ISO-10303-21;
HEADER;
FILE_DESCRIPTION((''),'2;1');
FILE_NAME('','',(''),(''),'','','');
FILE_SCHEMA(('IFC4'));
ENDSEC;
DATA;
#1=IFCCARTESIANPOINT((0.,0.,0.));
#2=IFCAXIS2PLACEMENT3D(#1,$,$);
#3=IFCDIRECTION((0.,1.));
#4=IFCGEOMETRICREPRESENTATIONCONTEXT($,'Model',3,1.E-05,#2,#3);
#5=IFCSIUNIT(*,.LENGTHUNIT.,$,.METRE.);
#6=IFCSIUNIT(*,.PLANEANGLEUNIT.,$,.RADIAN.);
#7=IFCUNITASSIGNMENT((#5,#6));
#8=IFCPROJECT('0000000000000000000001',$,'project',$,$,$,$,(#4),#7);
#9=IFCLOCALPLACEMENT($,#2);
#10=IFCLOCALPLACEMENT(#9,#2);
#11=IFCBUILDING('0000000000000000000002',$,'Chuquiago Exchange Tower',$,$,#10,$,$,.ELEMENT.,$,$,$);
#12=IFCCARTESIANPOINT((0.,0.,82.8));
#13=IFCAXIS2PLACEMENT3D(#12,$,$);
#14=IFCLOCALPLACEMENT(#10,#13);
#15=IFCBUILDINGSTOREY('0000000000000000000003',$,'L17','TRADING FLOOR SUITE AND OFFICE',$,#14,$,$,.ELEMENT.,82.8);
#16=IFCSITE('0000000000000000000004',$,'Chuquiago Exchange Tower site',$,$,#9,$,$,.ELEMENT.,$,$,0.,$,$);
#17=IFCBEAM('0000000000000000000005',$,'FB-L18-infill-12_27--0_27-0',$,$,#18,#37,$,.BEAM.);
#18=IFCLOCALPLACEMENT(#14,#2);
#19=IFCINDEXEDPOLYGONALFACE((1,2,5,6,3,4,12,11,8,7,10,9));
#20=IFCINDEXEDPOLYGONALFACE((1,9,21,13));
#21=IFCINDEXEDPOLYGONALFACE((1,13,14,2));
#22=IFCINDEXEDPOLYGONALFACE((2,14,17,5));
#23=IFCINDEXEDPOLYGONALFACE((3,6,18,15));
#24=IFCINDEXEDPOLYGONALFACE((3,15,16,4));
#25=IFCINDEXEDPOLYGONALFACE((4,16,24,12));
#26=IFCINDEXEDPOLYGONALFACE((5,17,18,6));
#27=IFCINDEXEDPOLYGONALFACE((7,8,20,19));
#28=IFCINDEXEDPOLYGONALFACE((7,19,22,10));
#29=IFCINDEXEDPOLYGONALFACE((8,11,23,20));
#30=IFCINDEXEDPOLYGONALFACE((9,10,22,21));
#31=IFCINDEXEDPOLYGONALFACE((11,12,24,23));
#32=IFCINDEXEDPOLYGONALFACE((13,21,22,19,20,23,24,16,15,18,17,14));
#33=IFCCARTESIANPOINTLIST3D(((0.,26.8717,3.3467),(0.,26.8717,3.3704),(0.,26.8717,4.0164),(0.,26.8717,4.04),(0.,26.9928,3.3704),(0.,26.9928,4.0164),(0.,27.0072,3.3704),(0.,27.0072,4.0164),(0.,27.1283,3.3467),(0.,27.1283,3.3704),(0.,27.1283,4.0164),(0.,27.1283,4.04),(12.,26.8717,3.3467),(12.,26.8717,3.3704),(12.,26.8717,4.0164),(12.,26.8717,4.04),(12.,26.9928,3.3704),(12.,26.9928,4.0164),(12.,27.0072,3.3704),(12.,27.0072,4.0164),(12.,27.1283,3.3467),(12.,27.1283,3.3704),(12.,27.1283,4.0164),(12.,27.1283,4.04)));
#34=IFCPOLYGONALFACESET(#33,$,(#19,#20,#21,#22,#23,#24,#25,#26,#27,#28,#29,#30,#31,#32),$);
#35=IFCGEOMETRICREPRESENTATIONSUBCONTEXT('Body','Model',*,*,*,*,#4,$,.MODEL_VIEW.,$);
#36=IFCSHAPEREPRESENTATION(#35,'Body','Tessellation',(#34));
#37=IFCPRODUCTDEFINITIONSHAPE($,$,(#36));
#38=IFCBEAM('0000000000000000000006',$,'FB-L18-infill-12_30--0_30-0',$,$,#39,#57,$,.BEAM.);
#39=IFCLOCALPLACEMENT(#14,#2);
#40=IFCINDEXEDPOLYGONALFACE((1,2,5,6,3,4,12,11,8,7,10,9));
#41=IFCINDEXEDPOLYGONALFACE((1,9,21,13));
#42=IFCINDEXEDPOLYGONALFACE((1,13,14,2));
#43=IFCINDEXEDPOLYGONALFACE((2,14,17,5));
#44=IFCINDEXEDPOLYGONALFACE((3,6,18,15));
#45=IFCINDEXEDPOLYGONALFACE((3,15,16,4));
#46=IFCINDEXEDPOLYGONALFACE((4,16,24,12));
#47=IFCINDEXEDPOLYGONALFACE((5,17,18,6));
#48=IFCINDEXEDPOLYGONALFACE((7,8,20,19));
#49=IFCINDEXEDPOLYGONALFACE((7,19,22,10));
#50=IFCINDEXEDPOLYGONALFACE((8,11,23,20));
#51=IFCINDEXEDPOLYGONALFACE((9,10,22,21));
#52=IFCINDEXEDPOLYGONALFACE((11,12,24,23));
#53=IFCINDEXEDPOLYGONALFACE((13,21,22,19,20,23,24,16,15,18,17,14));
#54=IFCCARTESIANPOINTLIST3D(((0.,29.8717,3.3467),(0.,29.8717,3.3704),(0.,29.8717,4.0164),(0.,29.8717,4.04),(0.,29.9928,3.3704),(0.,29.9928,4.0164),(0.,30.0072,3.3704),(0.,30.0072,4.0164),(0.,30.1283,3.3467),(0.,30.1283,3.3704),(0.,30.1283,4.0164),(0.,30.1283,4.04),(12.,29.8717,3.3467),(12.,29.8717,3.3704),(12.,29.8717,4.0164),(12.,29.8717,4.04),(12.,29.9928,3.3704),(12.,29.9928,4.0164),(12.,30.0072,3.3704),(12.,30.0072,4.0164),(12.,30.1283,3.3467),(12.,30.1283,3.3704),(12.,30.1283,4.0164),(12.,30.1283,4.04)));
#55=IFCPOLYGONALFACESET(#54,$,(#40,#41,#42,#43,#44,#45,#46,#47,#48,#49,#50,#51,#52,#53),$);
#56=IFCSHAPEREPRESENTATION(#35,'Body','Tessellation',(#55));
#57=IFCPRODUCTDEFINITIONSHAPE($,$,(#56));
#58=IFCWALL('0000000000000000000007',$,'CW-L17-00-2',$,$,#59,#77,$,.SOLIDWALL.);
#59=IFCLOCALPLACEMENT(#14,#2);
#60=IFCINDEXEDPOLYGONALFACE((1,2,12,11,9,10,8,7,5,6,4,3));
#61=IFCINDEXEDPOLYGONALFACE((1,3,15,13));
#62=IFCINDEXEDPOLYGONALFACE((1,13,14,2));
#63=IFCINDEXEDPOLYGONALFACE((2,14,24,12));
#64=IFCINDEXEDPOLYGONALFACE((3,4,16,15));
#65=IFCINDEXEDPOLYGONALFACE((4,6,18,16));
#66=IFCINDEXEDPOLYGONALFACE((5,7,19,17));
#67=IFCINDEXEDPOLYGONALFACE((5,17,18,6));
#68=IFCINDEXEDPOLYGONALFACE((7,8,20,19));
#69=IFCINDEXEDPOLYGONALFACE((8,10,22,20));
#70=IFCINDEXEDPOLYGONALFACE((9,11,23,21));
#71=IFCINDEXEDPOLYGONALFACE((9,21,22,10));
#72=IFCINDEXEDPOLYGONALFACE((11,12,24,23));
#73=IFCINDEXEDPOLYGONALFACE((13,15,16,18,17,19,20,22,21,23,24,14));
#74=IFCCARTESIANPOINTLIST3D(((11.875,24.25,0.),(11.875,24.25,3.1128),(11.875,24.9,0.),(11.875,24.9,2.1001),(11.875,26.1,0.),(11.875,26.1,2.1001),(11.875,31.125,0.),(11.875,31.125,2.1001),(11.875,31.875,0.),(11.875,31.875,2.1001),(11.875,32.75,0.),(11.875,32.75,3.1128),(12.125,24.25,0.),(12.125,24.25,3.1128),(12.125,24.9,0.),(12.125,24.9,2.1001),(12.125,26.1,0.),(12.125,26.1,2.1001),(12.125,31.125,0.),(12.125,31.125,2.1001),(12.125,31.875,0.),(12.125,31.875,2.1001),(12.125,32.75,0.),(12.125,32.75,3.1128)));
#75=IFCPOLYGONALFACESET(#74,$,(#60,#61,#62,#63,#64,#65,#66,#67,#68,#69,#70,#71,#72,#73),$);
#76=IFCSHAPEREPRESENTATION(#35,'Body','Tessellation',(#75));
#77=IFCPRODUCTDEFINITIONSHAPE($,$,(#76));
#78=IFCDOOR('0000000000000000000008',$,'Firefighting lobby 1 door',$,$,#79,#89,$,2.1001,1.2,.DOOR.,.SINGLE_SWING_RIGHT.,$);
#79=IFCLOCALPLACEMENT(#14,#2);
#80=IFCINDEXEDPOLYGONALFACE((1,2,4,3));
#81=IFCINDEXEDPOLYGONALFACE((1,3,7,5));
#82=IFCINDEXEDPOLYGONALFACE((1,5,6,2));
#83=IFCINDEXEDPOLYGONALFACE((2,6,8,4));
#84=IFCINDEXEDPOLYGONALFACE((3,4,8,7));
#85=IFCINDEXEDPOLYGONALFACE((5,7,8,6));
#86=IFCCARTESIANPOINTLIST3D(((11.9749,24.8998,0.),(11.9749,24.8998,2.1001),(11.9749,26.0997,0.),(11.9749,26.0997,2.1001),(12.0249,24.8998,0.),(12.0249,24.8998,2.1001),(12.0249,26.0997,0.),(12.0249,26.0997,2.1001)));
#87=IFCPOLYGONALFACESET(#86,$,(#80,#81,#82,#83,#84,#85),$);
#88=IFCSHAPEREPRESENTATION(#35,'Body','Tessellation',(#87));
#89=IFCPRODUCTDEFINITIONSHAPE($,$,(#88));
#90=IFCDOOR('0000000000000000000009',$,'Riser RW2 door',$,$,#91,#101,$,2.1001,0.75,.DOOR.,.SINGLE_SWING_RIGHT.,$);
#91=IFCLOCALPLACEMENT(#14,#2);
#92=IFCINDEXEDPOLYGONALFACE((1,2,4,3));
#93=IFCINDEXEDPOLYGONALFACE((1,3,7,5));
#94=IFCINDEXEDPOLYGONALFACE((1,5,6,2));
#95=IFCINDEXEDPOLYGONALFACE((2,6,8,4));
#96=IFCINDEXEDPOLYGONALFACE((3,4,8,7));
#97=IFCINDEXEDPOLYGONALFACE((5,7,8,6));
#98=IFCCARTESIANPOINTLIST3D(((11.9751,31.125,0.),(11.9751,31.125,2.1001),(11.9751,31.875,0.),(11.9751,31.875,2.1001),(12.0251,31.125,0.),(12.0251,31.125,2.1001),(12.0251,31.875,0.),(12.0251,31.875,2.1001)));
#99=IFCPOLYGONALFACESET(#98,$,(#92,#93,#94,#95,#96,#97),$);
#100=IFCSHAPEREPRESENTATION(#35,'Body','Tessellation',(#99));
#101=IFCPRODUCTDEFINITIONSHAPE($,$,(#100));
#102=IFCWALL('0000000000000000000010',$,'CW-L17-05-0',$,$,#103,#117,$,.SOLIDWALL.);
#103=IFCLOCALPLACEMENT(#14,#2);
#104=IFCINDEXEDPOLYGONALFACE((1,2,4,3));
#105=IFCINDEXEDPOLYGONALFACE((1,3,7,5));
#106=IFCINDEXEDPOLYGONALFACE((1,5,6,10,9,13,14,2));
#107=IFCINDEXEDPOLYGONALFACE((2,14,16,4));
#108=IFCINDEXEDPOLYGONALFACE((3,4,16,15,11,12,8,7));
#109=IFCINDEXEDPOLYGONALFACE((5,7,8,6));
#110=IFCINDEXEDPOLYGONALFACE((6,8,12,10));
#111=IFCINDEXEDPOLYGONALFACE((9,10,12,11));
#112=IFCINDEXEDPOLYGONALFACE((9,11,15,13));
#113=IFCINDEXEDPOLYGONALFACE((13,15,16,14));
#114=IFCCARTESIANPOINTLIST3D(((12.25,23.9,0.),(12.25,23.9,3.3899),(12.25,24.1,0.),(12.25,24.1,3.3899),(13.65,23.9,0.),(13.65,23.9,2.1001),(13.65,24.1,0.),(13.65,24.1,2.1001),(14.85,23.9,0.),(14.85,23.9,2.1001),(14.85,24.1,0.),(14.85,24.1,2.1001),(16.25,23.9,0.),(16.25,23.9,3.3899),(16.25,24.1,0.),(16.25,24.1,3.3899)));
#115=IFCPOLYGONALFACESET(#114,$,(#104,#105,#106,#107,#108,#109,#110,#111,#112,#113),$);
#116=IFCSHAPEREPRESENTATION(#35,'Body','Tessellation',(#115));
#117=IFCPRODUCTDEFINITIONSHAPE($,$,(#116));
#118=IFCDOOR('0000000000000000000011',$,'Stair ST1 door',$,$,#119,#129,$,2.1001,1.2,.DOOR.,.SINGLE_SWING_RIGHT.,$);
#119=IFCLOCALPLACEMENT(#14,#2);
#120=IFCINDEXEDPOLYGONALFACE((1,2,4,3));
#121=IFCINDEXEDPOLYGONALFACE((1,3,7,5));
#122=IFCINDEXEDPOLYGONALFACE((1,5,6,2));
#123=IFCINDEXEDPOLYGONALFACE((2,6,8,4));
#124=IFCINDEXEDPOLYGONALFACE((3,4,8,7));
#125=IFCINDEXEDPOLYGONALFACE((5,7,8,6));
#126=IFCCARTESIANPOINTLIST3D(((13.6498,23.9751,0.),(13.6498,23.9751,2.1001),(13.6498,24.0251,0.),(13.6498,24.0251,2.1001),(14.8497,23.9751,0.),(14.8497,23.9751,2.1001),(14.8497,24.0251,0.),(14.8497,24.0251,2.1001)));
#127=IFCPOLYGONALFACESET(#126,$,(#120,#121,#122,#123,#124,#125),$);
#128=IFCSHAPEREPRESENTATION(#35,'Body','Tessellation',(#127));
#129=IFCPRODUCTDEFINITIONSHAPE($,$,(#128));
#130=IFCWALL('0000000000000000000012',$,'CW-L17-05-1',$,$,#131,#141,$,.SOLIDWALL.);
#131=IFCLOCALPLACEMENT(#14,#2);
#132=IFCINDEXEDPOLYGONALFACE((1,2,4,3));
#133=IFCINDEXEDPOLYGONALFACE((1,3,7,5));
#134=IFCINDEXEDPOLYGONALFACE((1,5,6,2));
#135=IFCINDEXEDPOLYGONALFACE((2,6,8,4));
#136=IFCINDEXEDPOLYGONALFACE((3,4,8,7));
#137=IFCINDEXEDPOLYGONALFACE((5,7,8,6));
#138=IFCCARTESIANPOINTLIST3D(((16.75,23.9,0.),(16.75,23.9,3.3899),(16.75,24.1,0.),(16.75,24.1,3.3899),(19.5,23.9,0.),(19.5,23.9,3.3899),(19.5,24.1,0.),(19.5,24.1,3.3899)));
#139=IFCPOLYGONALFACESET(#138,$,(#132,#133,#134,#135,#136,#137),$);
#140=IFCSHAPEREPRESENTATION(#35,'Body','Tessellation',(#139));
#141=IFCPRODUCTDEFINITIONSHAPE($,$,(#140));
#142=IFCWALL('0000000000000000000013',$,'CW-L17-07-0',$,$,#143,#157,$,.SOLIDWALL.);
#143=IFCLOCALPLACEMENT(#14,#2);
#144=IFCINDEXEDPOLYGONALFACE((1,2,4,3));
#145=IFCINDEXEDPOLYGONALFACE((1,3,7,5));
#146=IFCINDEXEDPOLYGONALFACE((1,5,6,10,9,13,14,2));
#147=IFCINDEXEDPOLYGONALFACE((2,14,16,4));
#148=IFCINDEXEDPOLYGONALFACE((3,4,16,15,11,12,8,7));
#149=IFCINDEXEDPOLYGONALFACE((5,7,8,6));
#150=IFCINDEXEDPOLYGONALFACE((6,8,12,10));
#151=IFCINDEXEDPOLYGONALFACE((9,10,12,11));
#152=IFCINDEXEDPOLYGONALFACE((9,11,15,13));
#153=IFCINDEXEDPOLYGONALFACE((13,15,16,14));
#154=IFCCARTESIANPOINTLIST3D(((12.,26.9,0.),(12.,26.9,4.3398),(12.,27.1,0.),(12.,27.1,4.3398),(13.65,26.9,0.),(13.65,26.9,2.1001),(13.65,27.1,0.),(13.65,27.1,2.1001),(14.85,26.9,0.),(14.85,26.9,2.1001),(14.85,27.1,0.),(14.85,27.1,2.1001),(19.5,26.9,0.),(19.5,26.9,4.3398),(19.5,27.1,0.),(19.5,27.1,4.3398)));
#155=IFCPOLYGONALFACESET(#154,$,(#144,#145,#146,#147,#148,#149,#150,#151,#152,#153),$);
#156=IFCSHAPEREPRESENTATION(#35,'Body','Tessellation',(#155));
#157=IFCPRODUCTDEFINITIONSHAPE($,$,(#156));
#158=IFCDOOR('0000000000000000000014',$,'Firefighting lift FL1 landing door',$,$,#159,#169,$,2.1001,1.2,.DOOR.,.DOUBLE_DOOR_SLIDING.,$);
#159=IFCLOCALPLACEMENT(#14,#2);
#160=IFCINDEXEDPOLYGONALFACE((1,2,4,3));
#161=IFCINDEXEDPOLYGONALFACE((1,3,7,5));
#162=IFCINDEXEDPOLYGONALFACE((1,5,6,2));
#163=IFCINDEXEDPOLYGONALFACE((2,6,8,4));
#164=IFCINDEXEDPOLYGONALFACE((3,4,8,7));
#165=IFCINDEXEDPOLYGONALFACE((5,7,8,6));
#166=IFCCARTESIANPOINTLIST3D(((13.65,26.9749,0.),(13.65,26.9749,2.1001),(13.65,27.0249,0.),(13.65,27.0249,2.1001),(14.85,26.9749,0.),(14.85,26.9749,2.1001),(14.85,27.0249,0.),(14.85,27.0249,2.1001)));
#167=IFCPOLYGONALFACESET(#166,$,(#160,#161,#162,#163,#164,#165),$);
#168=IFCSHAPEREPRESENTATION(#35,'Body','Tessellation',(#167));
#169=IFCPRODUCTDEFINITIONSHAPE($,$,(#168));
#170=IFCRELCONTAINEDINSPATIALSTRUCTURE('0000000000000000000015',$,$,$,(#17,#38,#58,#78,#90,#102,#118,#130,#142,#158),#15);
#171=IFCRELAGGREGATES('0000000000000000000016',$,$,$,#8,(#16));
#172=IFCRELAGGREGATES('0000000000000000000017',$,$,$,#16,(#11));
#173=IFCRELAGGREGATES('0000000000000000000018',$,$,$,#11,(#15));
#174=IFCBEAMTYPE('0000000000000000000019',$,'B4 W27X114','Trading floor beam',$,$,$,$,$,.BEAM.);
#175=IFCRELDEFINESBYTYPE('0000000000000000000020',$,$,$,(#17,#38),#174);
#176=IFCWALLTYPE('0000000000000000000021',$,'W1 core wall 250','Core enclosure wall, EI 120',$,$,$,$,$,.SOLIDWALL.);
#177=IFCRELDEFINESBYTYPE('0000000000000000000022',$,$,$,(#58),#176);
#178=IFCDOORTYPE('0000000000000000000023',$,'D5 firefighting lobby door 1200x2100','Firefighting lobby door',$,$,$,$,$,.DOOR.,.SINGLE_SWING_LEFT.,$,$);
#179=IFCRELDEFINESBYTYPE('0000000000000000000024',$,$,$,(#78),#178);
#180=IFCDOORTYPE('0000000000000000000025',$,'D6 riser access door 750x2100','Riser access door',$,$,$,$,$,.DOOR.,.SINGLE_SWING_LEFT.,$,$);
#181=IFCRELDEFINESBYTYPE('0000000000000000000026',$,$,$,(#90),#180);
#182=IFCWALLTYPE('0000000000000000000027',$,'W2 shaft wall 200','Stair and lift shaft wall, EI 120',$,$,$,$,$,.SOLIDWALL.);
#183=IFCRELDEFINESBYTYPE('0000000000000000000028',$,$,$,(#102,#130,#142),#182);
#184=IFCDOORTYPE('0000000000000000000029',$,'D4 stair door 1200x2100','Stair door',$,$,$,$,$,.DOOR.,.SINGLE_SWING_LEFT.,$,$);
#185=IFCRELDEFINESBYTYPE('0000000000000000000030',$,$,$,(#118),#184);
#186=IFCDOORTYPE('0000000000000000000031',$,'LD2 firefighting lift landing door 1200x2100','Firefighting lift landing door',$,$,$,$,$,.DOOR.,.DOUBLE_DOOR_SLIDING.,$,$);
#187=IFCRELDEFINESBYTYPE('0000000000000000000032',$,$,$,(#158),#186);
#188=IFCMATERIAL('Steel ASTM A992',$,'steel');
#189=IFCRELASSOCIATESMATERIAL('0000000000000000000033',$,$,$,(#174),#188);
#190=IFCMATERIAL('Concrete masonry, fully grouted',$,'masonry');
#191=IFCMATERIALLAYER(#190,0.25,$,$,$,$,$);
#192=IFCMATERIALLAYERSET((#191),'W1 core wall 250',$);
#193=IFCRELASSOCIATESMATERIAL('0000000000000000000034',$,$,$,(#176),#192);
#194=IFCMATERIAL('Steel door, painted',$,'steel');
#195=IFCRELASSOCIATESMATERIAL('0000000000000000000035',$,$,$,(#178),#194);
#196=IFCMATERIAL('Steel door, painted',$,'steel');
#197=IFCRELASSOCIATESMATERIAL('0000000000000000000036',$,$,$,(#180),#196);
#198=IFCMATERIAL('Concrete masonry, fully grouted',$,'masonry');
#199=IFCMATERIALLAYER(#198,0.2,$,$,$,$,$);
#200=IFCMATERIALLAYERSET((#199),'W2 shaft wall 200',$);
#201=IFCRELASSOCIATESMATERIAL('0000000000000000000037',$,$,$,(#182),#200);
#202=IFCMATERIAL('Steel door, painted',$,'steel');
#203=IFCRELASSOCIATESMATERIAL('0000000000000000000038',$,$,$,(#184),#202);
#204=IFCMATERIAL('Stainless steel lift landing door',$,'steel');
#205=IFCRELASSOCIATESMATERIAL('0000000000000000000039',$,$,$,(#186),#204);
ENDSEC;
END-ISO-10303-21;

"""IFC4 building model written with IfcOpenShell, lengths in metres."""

from ifc_helpers import new_model, si_unit, direction, frame, frame_2d, origin, origin_2d, place, context, subcontext, project, spatial, rectangle, i_section, extrude, material, layer, layer_set, material_profile, profile_set, type_object, element, fill, save


model = new_model("IFC4")

# Units and contexts
model_context = context("Model", 3, precision=1e-05, world=origin(), true_north=direction((0.0, 1.0)))
body_context = subcontext(model_context, "Body", "Model", "MODEL_VIEW")
ifc_project = project(units=[si_unit("LENGTHUNIT", "METRE"), si_unit("PLANEANGLEUNIT", "RADIAN")], contexts=[model_context])

# Site, building, storey
site_placement = place(None, origin())
site = spatial("IfcSite", under=ifc_project, at=site_placement, Name="Chuquiago Exchange Tower site", CompositionType="ELEMENT", RefElevation=0.0)
building_placement = place(site_placement, origin())
building = spatial("IfcBuilding", under=site, at=building_placement, Name="Chuquiago Exchange Tower", CompositionType="ELEMENT")
storey_placement = place(building_placement, frame((0.0, 0.0, 82.8)))
storey = spatial("IfcBuildingStorey", under=building, at=storey_placement, Name="L17", Description="TRADING FLOOR SUITE AND OFFICE", CompositionType="ELEMENT", Elevation=82.8)

# Beams
ifc_material_1 = material(Name="Steel ASTM A992", Category="steel")
ifc_material_profile_1 = material_profile(ifc_material_1, i_section(OverallWidth=0.2566, OverallDepth=0.6934, WebThickness=0.0144, FlangeThickness=0.0237, at=origin_2d()), Name="W27X114")
ifc_profile_set_1 = profile_set([ifc_material_profile_1], Name="Steel ASTM A992")
beam_type_1 = type_object("IfcBeamType", Name="B4 W27X114", Description="Trading floor beam", PredefinedType="BEAM", material=ifc_profile_set_1)
for number, where, z_axis, x_axis, name in (
    (1, (12.0, 27.0, 3.6934), (-1.0, 0.0, 0.0), (0.0, -1.0, 0.0), "FB-L18-infill-12_27--0_27-0"),
    (2, (12.0, 30.0, 3.6934), (-1.0, 0.0, 0.0), (0.0, -1.0, 0.0), "FB-L18-infill-12_30--0_30-0"),
):
    element("IfcBeam", number, at=place(storey_placement, frame(where, z_axis=z_axis, x_axis=x_axis)), inside=storey, type_object=beam_type_1, Name=name, PredefinedType="BEAM", context=body_context, shape_type="SweptSolid", body=[
        extrude(i_section(OverallWidth=0.2566, OverallDepth=0.6934, WebThickness=0.0144, FlangeThickness=0.0237, at=origin_2d()), origin(), (0.0, 0.0, 1.0), 12.0),
    ])

# Wall, openings, doors
ifc_material_2 = material(Name="Concrete masonry, fully grouted", Category="masonry")
ifc_layer_1 = layer(ifc_material_2, 0.25)
ifc_layer_set_1 = layer_set([ifc_layer_1], Name="W1 core wall 250")
wall_type_1 = type_object("IfcWallType", Name="W1 core wall 250", Description="Core enclosure wall, EI 120", PredefinedType="SOLIDWALL", material=ifc_layer_set_1)
wall_1_placement = place(storey_placement, frame((12.0, 24.25, 0.0), z_axis=(0.0, 0.0, 1.0), x_axis=(0.0, 1.0, 0.0)))
wall_1 = element("IfcWall", 3, at=wall_1_placement, inside=storey, type_object=wall_type_1, Name="CW-L17-00-2", PredefinedType="SOLIDWALL", context=body_context, shape_type="SweptSolid", body=[
    extrude(rectangle(XDim=8.5, YDim=0.25, at=frame_2d((4.25, 0.0))), origin(), (0.0, 0.0, 1.0), 3.1128),
])
opening_1_placement = place(wall_1_placement, frame((0.6499, 0.0, 0.0)))
opening_1 = element("IfcOpeningElement", 4, at=opening_1_placement, cuts=wall_1, PredefinedType="OPENING", context=body_context, shape_type="SweptSolid", body=[
    extrude(rectangle(XDim=1.2, YDim=2.1001, at=frame_2d((0.6001, 1.05))), frame((0.0, 0.135, 0.0), z_axis=(0.0, -1.0, 0.0), x_axis=(1.0, 0.0, 0.0)), (0.0, 0.0, 1.0), 0.27),
])
opening_2_placement = place(wall_1_placement, frame((6.875, 0.0, 0.0)))
opening_2 = element("IfcOpeningElement", 5, at=opening_2_placement, cuts=wall_1, PredefinedType="OPENING", context=body_context, shape_type="SweptSolid", body=[
    extrude(rectangle(XDim=0.75, YDim=2.1001, at=frame_2d((0.375, 1.05))), frame((0.0, 0.135, 0.0), z_axis=(0.0, -1.0, 0.0), x_axis=(1.0, 0.0, 0.0)), (0.0, 0.0, 1.0), 0.27),
])
ifc_material_3 = material(Name="Steel door, painted", Category="steel")
door_type_1 = type_object("IfcDoorType", Name="D5 firefighting lobby door 1200x2100", Description="Firefighting lobby door", OperationType="SINGLE_SWING_LEFT", PredefinedType="DOOR", material=ifc_material_3)
door_1_placement = place(opening_1_placement, frame((1.2, 0.0, 0.0), z_axis=(0.0, 0.0, 1.0), x_axis=(-1.0, 0.0, 0.0)))
door_1 = element("IfcDoor", 6, at=door_1_placement, inside=storey, type_object=door_type_1, Name="Firefighting lobby 1 door", OperationType="SINGLE_SWING_RIGHT", OverallHeight=2.1001, OverallWidth=1.2, PredefinedType="DOOR", context=body_context, shape_type="SweptSolid", body=[
    extrude(rectangle(XDim=1.2, YDim=2.1001, at=frame_2d((0.6001, 1.05))), frame((0.0, 0.0249, 0.0), z_axis=(0.0, -1.0, 0.0), x_axis=(1.0, 0.0, 0.0)), (0.0, 0.0, 1.0), 0.05),
])
fill(opening_1, door_1)
ifc_material_4 = material(Name="Steel door, painted", Category="steel")
door_type_2 = type_object("IfcDoorType", Name="D6 riser access door 750x2100", Description="Riser access door", OperationType="SINGLE_SWING_LEFT", PredefinedType="DOOR", material=ifc_material_4)
door_2_placement = place(opening_2_placement, origin())
door_2 = element("IfcDoor", 7, at=door_2_placement, inside=storey, type_object=door_type_2, Name="Riser RW2 door", OperationType="SINGLE_SWING_RIGHT", OverallHeight=2.1001, OverallWidth=0.75, PredefinedType="DOOR", context=body_context, shape_type="SweptSolid", body=[
    extrude(rectangle(XDim=0.75, YDim=2.1001, at=frame_2d((0.375, 1.05))), frame((0.0, 0.0249, 0.0), z_axis=(0.0, -1.0, 0.0), x_axis=(1.0, 0.0, 0.0)), (0.0, 0.0, 1.0), 0.05),
])
fill(opening_2, door_2)

# Wall, opening, door
ifc_material_5 = material(Name="Concrete masonry, fully grouted", Category="masonry")
ifc_layer_2 = layer(ifc_material_5, 0.2)
ifc_layer_set_2 = layer_set([ifc_layer_2], Name="W2 shaft wall 200")
wall_type_2 = type_object("IfcWallType", Name="W2 shaft wall 200", Description="Stair and lift shaft wall, EI 120", PredefinedType="SOLIDWALL", material=ifc_layer_set_2)
wall_2_placement = place(storey_placement, frame((12.25, 24.0, 0.0), z_axis=(0.0, 0.0, 1.0), x_axis=(1.0, 0.0, 0.0)))
wall_2 = element("IfcWall", 8, at=wall_2_placement, inside=storey, type_object=wall_type_2, Name="CW-L17-05-0", PredefinedType="SOLIDWALL", context=body_context, shape_type="SweptSolid", body=[
    extrude(rectangle(XDim=4.0, YDim=0.2, at=frame_2d((2.0, 0.0))), origin(), (0.0, 0.0, 1.0), 3.3899),
])
opening_3_placement = place(wall_2_placement, frame((1.3999, 0.0, 0.0)))
opening_3 = element("IfcOpeningElement", 9, at=opening_3_placement, cuts=wall_2, PredefinedType="OPENING", context=body_context, shape_type="SweptSolid", body=[
    extrude(rectangle(XDim=1.2, YDim=2.1001, at=frame_2d((0.6001, 1.05))), frame((0.0, 0.1099, 0.0), z_axis=(0.0, -1.0, 0.0), x_axis=(1.0, 0.0, 0.0)), (0.0, 0.0, 1.0), 0.22),
])
ifc_material_6 = material(Name="Steel door, painted", Category="steel")
door_type_3 = type_object("IfcDoorType", Name="D4 stair door 1200x2100", Description="Stair door", OperationType="SINGLE_SWING_LEFT", PredefinedType="DOOR", material=ifc_material_6)
door_3_placement = place(opening_3_placement, frame((1.2, 0.0, 0.0), z_axis=(0.0, 0.0, 1.0), x_axis=(-1.0, 0.0, 0.0)))
door_3 = element("IfcDoor", 10, at=door_3_placement, inside=storey, type_object=door_type_3, Name="Stair ST1 door", OperationType="SINGLE_SWING_RIGHT", OverallHeight=2.1001, OverallWidth=1.2, PredefinedType="DOOR", context=body_context, shape_type="SweptSolid", body=[
    extrude(rectangle(XDim=1.2, YDim=2.1001, at=frame_2d((0.6001, 1.05))), frame((0.0, 0.0249, 0.0), z_axis=(0.0, -1.0, 0.0), x_axis=(1.0, 0.0, 0.0)), (0.0, 0.0, 1.0), 0.05),
])
fill(opening_3, door_3)

# Wall
wall_3_placement = place(storey_placement, frame((16.75, 24.0, 0.0), z_axis=(0.0, 0.0, 1.0), x_axis=(1.0, 0.0, 0.0)))
element("IfcWall", 11, at=wall_3_placement, inside=storey, type_object=wall_type_2, Name="CW-L17-05-1", PredefinedType="SOLIDWALL", context=body_context, shape_type="SweptSolid", body=[
    extrude(rectangle(XDim=2.75, YDim=0.2, at=frame_2d((1.375, 0.0))), origin(), (0.0, 0.0, 1.0), 3.3899),
])

# Wall, opening, door
wall_4_placement = place(storey_placement, frame((12.0, 27.0, 0.0), z_axis=(0.0, 0.0, 1.0), x_axis=(1.0, 0.0, 0.0)))
wall_4 = element("IfcWall", 12, at=wall_4_placement, inside=storey, type_object=wall_type_2, Name="CW-L17-07-0", PredefinedType="SOLIDWALL", context=body_context, shape_type="SweptSolid", body=[
    extrude(rectangle(XDim=7.5, YDim=0.2, at=frame_2d((3.75, 0.0))), origin(), (0.0, 0.0, 1.0), 4.3398),
])
opening_4_placement = place(wall_4_placement, frame((1.6499, 0.0, 0.0)))
opening_4 = element("IfcOpeningElement", 13, at=opening_4_placement, cuts=wall_4, PredefinedType="OPENING", context=body_context, shape_type="SweptSolid", body=[
    extrude(rectangle(XDim=1.2, YDim=2.1001, at=frame_2d((0.6001, 1.05))), frame((0.0, 0.1099, 0.0), z_axis=(0.0, -1.0, 0.0), x_axis=(1.0, 0.0, 0.0)), (0.0, 0.0, 1.0), 0.22),
])
ifc_material_7 = material(Name="Stainless steel lift landing door", Category="steel")
door_type_4 = type_object("IfcDoorType", Name="LD2 firefighting lift landing door 1200x2100", Description="Firefighting lift landing door", OperationType="DOUBLE_DOOR_SLIDING", PredefinedType="DOOR", material=ifc_material_7)
door_4_placement = place(opening_4_placement, origin())
door_4 = element("IfcDoor", 14, at=door_4_placement, inside=storey, type_object=door_type_4, Name="Firefighting lift FL1 landing door", OperationType="DOUBLE_DOOR_SLIDING", OverallHeight=2.1001, OverallWidth=1.2, PredefinedType="DOOR", context=body_context, shape_type="SweptSolid", body=[
    extrude(rectangle(XDim=1.2, YDim=2.1001, at=frame_2d((0.6001, 1.05))), frame((0.0, 0.0249, 0.0), z_axis=(0.0, -1.0, 0.0), x_axis=(1.0, 0.0, 0.0)), (0.0, 0.0, 1.0), 0.05),
])
fill(opening_4, door_4)

save(model, "model.ifc")
